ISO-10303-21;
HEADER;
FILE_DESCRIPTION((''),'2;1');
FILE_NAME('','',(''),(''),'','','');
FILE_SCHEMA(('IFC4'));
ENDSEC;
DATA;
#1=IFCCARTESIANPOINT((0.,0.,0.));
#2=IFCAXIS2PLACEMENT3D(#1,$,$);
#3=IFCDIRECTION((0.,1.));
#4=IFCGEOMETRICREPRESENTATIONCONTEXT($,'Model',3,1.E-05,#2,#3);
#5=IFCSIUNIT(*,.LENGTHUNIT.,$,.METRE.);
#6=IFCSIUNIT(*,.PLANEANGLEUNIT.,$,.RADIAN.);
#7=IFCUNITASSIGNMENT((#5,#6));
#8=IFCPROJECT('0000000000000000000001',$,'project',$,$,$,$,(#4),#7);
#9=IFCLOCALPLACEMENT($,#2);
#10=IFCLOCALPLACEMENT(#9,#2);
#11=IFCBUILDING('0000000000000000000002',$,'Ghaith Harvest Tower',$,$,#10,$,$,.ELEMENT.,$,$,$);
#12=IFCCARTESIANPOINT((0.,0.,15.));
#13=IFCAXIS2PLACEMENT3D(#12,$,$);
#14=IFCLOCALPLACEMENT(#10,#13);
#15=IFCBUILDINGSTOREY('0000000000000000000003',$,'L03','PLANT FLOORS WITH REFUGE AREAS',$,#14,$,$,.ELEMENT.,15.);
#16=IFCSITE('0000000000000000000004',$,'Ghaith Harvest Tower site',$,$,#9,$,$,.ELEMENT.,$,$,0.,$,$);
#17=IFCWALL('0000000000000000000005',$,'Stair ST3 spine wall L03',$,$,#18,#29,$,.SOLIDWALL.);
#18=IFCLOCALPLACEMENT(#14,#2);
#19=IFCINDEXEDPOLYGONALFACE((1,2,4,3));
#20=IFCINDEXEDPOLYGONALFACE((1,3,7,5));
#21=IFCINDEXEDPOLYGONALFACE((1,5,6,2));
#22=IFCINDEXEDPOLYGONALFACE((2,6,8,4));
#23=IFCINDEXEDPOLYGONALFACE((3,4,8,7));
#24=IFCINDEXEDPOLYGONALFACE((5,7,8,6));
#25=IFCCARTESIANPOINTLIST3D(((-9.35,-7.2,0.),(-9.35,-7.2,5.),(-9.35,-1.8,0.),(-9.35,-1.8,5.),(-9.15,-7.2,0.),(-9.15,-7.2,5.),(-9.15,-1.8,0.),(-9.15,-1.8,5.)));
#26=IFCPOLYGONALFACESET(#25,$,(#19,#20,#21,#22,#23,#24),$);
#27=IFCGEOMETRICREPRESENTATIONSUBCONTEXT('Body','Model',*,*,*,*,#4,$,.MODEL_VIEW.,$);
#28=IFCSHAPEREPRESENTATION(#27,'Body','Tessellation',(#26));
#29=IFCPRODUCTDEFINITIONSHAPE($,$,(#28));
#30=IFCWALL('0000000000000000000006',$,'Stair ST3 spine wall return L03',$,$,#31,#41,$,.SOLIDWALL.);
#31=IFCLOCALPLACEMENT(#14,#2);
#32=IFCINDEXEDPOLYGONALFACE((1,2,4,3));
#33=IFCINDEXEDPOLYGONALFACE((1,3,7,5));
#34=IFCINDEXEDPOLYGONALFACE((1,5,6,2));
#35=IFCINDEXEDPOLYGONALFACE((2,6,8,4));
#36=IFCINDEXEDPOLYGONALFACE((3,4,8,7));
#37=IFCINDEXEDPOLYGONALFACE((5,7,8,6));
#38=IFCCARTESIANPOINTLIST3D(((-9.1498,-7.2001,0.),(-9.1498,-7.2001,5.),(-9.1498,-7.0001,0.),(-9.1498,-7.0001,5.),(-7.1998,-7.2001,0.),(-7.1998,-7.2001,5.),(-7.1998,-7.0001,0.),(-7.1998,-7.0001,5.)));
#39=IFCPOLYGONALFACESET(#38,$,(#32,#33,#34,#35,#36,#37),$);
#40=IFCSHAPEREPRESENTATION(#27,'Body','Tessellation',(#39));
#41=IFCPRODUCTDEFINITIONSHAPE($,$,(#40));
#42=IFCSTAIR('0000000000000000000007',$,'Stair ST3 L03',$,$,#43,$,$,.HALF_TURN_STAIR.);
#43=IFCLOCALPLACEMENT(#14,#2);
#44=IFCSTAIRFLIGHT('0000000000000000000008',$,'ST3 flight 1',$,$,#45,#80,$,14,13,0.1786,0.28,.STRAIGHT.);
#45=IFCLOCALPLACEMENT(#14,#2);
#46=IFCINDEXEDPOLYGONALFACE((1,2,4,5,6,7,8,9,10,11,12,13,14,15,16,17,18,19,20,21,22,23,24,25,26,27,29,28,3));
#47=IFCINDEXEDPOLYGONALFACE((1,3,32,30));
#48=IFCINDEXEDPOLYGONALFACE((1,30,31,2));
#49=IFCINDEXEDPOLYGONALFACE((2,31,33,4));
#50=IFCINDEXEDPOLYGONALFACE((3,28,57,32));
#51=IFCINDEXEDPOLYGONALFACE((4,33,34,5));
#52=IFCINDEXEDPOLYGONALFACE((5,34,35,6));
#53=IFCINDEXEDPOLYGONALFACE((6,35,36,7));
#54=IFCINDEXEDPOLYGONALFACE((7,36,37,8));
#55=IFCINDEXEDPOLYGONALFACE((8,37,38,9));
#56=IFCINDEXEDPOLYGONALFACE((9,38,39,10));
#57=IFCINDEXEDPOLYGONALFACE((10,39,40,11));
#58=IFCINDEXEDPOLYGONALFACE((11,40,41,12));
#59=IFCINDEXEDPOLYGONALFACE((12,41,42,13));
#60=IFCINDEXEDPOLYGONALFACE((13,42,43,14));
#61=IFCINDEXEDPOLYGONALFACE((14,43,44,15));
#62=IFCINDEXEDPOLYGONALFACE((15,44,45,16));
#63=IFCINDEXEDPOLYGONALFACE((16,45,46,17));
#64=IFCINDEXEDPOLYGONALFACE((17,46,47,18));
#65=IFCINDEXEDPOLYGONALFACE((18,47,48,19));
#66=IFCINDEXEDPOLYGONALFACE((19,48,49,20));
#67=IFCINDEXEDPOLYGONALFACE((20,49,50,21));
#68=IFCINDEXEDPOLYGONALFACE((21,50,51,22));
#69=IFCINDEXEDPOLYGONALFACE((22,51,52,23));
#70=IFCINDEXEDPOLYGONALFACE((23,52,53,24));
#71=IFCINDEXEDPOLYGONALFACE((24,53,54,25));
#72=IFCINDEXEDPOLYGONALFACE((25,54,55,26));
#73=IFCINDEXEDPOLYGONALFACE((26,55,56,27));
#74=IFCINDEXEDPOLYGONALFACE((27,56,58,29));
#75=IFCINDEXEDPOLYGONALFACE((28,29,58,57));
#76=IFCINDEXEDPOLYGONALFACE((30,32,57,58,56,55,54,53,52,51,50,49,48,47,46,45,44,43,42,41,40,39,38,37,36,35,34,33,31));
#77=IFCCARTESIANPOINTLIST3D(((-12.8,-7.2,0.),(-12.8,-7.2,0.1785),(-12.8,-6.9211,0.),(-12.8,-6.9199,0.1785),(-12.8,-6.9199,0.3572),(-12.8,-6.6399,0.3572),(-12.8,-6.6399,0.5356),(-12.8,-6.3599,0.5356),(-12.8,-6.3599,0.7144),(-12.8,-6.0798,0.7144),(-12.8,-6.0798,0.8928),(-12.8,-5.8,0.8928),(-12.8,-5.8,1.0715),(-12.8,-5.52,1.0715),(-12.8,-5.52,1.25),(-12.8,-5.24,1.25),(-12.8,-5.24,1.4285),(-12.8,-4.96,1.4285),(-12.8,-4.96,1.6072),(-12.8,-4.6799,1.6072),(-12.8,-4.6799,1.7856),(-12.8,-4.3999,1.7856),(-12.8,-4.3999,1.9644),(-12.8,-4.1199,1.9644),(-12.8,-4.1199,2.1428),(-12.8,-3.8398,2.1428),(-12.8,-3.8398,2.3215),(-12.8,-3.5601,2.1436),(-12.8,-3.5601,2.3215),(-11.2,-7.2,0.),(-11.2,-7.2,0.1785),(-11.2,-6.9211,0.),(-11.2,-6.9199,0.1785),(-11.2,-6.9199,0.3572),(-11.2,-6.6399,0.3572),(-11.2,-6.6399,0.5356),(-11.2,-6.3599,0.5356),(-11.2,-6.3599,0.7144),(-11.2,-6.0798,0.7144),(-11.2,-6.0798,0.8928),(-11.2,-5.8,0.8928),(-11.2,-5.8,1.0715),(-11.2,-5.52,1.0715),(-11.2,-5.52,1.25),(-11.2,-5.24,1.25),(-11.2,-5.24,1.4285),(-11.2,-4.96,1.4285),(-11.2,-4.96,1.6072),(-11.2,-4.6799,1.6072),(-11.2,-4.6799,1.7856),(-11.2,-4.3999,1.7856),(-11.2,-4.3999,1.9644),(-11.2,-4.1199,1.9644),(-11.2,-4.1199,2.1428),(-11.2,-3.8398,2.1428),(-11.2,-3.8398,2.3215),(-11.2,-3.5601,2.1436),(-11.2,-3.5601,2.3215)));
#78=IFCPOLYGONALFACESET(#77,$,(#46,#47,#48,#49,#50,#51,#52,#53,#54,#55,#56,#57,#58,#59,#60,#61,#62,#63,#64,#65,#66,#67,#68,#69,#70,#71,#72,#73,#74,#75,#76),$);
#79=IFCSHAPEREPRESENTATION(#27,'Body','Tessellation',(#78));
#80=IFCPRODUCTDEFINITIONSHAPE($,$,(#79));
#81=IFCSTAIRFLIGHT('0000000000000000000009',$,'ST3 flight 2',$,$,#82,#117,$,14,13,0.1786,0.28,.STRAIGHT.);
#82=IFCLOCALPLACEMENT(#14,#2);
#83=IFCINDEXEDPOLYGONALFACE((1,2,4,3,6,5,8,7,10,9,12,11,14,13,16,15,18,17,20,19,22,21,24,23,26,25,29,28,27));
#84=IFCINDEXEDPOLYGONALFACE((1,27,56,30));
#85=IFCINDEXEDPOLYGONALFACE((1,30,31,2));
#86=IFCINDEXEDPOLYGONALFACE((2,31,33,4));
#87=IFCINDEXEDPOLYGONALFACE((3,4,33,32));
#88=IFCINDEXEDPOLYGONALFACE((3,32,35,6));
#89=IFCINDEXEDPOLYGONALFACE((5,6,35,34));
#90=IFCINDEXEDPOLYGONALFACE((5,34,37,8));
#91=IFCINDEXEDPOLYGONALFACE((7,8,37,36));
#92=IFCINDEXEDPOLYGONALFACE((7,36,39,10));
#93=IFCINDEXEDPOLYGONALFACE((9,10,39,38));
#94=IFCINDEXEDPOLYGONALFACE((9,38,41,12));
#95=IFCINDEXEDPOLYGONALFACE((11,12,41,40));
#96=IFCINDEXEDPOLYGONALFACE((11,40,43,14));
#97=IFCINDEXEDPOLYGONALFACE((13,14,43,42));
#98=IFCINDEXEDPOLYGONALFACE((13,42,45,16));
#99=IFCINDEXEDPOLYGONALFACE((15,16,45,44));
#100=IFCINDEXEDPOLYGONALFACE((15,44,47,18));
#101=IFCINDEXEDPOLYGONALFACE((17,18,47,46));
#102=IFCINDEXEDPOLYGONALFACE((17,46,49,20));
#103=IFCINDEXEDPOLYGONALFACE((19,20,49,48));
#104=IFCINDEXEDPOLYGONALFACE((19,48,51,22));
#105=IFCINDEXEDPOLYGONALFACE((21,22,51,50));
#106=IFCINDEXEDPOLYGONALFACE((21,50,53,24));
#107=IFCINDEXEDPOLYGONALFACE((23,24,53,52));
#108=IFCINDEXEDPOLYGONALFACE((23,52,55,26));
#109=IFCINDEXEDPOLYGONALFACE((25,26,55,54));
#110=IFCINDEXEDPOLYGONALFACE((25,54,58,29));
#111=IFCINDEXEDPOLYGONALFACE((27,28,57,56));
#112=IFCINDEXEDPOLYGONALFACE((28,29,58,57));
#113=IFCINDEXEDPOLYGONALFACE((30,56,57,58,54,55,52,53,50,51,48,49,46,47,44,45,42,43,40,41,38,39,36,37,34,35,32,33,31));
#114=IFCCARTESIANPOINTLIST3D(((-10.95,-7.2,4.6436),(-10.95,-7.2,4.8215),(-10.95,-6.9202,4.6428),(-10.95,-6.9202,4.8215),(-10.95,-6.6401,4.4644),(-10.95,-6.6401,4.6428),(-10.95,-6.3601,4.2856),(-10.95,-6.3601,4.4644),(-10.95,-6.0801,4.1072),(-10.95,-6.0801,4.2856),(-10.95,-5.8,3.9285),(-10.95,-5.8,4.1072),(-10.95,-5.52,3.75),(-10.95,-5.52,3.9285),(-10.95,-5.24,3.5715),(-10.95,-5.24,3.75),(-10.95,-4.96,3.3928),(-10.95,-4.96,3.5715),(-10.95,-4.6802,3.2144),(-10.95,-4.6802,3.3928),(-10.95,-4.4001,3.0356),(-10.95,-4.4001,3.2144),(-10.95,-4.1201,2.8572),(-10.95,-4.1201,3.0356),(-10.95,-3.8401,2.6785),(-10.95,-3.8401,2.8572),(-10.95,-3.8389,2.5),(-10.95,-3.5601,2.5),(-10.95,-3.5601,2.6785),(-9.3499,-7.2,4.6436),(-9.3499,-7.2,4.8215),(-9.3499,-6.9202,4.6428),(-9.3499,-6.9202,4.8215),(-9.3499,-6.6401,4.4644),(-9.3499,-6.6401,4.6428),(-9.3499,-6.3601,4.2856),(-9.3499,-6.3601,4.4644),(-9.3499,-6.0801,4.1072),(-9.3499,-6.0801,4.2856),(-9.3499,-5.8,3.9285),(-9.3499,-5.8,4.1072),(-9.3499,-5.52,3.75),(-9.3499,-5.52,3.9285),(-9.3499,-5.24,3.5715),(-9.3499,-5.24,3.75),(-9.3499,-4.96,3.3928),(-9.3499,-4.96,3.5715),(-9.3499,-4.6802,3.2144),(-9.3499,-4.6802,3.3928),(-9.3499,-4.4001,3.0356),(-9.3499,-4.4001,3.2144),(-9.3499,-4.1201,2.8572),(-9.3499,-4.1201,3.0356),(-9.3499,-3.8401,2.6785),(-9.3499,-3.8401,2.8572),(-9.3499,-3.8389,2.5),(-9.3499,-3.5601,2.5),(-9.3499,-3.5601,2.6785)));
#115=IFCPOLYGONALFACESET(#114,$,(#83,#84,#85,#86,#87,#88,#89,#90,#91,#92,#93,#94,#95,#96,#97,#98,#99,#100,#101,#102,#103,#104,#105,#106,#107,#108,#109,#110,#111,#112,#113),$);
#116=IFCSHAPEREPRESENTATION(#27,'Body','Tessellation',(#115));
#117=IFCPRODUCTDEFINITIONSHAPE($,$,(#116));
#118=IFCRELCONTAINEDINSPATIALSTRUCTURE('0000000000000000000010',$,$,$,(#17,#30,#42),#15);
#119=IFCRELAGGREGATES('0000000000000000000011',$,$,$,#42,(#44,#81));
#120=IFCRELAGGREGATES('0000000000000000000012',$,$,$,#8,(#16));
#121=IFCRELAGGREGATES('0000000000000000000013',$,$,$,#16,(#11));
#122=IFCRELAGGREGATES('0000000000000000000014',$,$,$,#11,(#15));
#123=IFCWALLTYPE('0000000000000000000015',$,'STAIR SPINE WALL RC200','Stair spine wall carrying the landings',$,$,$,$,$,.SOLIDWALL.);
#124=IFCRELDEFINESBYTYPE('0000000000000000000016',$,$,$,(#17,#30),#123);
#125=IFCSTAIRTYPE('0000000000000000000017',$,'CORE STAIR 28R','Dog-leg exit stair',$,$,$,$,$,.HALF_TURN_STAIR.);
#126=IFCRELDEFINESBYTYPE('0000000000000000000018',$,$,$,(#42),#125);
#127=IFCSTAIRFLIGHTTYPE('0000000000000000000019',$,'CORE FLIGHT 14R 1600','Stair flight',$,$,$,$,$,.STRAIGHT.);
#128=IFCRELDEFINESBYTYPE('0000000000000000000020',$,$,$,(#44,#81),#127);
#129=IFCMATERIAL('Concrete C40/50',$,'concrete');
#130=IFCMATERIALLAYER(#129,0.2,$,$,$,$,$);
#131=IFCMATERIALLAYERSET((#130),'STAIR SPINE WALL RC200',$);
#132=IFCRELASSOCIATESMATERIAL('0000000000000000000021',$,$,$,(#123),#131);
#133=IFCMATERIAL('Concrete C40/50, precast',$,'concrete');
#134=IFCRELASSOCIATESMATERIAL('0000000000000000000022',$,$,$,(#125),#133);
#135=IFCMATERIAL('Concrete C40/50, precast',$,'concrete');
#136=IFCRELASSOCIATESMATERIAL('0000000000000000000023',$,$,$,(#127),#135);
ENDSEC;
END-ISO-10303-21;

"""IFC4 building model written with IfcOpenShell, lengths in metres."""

from ifc_helpers import new_model, si_unit, direction, frame, frame_2d, origin, place, context, subcontext, project, spatial, polyline, rectangle, outline, extrude, material, layer, layer_set, type_object, element, aggregate, save


model = new_model("IFC4")

# Units and contexts
model_context = context("Model", 3, precision=1e-05, world=origin(), true_north=direction((0.0, 1.0)))
body_context = subcontext(model_context, "Body", "Model", "MODEL_VIEW")
ifc_project = project(units=[si_unit("LENGTHUNIT", "METRE"), si_unit("PLANEANGLEUNIT", "RADIAN")], contexts=[model_context])

# Site, building, storey
site_placement = place(None, origin())
site = spatial("IfcSite", under=ifc_project, at=site_placement, Name="Ghaith Harvest Tower site", CompositionType="ELEMENT", RefElevation=0.0)
building_placement = place(site_placement, origin())
building = spatial("IfcBuilding", under=site, at=building_placement, Name="Ghaith Harvest Tower", CompositionType="ELEMENT")
storey_placement = place(building_placement, frame((0.0, 0.0, 15.0)))
storey = spatial("IfcBuildingStorey", under=building, at=storey_placement, Name="L03", Description="PLANT FLOORS WITH REFUGE AREAS", CompositionType="ELEMENT", Elevation=15.0)

# Walls
ifc_material_1 = material(Name="Concrete C40/50", Category="concrete")
ifc_layer_1 = layer(ifc_material_1, 0.2)
ifc_layer_set_1 = layer_set([ifc_layer_1], Name="STAIR SPINE WALL RC200")
wall_type_1 = type_object("IfcWallType", Name="STAIR SPINE WALL RC200", Description="Stair spine wall carrying the landings", PredefinedType="SOLIDWALL", material=ifc_layer_set_1)
wall_1_placement = place(storey_placement, frame((-9.25, -7.2, 0.0), z_axis=(0.0, 0.0, 1.0), x_axis=(0.0, 1.0, 0.0)))
element("IfcWall", 1, at=wall_1_placement, inside=storey, type_object=wall_type_1, Name="Stair ST3 spine wall L03", PredefinedType="SOLIDWALL", context=body_context, shape_type="SweptSolid", body=[
    extrude(rectangle(XDim=5.3999, YDim=0.2, at=frame_2d((2.7, 0.0))), origin(), (0.0, 0.0, 1.0), 5.0),
])
wall_2_placement = place(storey_placement, frame((-9.1499, -7.1001, 0.0), z_axis=(0.0, 0.0, 1.0), x_axis=(1.0, 0.0, 0.0)))
element("IfcWall", 2, at=wall_2_placement, inside=storey, type_object=wall_type_1, Name="Stair ST3 spine wall return L03", PredefinedType="SOLIDWALL", context=body_context, shape_type="SweptSolid", body=[
    extrude(rectangle(XDim=1.95, YDim=0.2, at=frame_2d((0.9751, 0.0))), origin(), (0.0, 0.0, 1.0), 5.0),
])

# Stair, stair flights
ifc_material_2 = material(Name="Concrete C40/50, precast", Category="concrete")
stair_type = type_object("IfcStairType", Name="CORE STAIR 28R", Description="Dog-leg exit stair", PredefinedType="HALF_TURN_STAIR", material=ifc_material_2)
stair_placement = place(storey_placement, origin())
stair = element("IfcStair", 3, at=stair_placement, inside=storey, type_object=stair_type, Name="Stair ST3 L03", PredefinedType="HALF_TURN_STAIR")
ifc_material_3 = material(Name="Concrete C40/50, precast", Category="concrete")
stair_flight_type = type_object("IfcStairFlightType", Name="CORE FLIGHT 14R 1600", Description="Stair flight", PredefinedType="STRAIGHT", material=ifc_material_3)
stair_flight_1_placement = place(storey_placement, frame((-12.0, -7.2, 0.0), z_axis=(0.0, 0.0, 1.0), x_axis=(0.0, 1.0, 0.0)))
stair_flight_1 = element("IfcStairFlight", 4, at=stair_flight_1_placement, type_object=stair_flight_type, Name="ST3 flight 1", NumberOfRisers=14, NumberOfTreads=13, PredefinedType="STRAIGHT", RiserHeight=0.1786, TreadLength=0.28, context=body_context, shape_type="SweptSolid", body=[
    extrude(outline(polyline([(0.0, 0.0), (0.0, 0.1785), (0.28, 0.1785), (0.28, 0.3572), (0.5601, 0.3572), (0.5601, 0.5356), (0.8401, 0.5356), (0.8401, 0.7144), (1.1201, 0.7144), (1.1201, 0.8928), (1.3999, 0.8928), (1.3999, 1.0715), (1.6799, 1.0715), (1.6799, 1.25), (1.96, 1.25), (1.96, 1.4285), (2.24, 1.4285), (2.24, 1.6072), (2.52, 1.6072), (2.52, 1.7856), (2.8, 1.7856), (2.8, 1.9644), (3.0801, 1.9644), (3.0801, 2.1428), (3.3601, 2.1428), (3.3601, 2.3215), (3.6399, 2.3215), (3.6399, 2.5), (3.6399, 2.1436), (0.2788, 0.0), (0.0, 0.0)])), frame((0.0, 0.8, 0.0), z_axis=(0.0, -1.0, 0.0), x_axis=(1.0, 0.0, 0.0)), (0.0, 0.0, 1.0), 1.6001),
])
stair_flight_2_placement = place(storey_placement, frame((-10.1499, -3.5601, 2.5), z_axis=(0.0, 0.0, 1.0), x_axis=(0.0, -1.0, 0.0)))
stair_flight_2 = element("IfcStairFlight", 5, at=stair_flight_2_placement, type_object=stair_flight_type, Name="ST3 flight 2", NumberOfRisers=14, NumberOfTreads=13, PredefinedType="STRAIGHT", RiserHeight=0.1786, TreadLength=0.28, context=body_context, shape_type="SweptSolid", body=[
    extrude(outline(polyline([(0.0, 0.0), (0.0, 0.1785), (0.28, 0.1785), (0.28, 0.3572), (0.5601, 0.3572), (0.5601, 0.5356), (0.8401, 0.5356), (0.8401, 0.7144), (1.1201, 0.7144), (1.1201, 0.8928), (1.3999, 0.8928), (1.3999, 1.0715), (1.6799, 1.0715), (1.6799, 1.25), (1.96, 1.25), (1.96, 1.4285), (2.24, 1.4285), (2.24, 1.6072), (2.52, 1.6072), (2.52, 1.7856), (2.8, 1.7856), (2.8, 1.9644), (3.0801, 1.9644), (3.0801, 2.1428), (3.3601, 2.1428), (3.3601, 2.3215), (3.6399, 2.3215), (3.6399, 2.5), (3.6399, 2.1436), (0.2788, 0.0), (0.0, 0.0)])), frame((0.0, 0.8, 0.0), z_axis=(0.0, -1.0, 0.0), x_axis=(1.0, 0.0, 0.0)), (0.0, 0.0, 1.0), 1.6001),
])
aggregate(stair, [stair_flight_1, stair_flight_2])

save(model, "model.ifc")
